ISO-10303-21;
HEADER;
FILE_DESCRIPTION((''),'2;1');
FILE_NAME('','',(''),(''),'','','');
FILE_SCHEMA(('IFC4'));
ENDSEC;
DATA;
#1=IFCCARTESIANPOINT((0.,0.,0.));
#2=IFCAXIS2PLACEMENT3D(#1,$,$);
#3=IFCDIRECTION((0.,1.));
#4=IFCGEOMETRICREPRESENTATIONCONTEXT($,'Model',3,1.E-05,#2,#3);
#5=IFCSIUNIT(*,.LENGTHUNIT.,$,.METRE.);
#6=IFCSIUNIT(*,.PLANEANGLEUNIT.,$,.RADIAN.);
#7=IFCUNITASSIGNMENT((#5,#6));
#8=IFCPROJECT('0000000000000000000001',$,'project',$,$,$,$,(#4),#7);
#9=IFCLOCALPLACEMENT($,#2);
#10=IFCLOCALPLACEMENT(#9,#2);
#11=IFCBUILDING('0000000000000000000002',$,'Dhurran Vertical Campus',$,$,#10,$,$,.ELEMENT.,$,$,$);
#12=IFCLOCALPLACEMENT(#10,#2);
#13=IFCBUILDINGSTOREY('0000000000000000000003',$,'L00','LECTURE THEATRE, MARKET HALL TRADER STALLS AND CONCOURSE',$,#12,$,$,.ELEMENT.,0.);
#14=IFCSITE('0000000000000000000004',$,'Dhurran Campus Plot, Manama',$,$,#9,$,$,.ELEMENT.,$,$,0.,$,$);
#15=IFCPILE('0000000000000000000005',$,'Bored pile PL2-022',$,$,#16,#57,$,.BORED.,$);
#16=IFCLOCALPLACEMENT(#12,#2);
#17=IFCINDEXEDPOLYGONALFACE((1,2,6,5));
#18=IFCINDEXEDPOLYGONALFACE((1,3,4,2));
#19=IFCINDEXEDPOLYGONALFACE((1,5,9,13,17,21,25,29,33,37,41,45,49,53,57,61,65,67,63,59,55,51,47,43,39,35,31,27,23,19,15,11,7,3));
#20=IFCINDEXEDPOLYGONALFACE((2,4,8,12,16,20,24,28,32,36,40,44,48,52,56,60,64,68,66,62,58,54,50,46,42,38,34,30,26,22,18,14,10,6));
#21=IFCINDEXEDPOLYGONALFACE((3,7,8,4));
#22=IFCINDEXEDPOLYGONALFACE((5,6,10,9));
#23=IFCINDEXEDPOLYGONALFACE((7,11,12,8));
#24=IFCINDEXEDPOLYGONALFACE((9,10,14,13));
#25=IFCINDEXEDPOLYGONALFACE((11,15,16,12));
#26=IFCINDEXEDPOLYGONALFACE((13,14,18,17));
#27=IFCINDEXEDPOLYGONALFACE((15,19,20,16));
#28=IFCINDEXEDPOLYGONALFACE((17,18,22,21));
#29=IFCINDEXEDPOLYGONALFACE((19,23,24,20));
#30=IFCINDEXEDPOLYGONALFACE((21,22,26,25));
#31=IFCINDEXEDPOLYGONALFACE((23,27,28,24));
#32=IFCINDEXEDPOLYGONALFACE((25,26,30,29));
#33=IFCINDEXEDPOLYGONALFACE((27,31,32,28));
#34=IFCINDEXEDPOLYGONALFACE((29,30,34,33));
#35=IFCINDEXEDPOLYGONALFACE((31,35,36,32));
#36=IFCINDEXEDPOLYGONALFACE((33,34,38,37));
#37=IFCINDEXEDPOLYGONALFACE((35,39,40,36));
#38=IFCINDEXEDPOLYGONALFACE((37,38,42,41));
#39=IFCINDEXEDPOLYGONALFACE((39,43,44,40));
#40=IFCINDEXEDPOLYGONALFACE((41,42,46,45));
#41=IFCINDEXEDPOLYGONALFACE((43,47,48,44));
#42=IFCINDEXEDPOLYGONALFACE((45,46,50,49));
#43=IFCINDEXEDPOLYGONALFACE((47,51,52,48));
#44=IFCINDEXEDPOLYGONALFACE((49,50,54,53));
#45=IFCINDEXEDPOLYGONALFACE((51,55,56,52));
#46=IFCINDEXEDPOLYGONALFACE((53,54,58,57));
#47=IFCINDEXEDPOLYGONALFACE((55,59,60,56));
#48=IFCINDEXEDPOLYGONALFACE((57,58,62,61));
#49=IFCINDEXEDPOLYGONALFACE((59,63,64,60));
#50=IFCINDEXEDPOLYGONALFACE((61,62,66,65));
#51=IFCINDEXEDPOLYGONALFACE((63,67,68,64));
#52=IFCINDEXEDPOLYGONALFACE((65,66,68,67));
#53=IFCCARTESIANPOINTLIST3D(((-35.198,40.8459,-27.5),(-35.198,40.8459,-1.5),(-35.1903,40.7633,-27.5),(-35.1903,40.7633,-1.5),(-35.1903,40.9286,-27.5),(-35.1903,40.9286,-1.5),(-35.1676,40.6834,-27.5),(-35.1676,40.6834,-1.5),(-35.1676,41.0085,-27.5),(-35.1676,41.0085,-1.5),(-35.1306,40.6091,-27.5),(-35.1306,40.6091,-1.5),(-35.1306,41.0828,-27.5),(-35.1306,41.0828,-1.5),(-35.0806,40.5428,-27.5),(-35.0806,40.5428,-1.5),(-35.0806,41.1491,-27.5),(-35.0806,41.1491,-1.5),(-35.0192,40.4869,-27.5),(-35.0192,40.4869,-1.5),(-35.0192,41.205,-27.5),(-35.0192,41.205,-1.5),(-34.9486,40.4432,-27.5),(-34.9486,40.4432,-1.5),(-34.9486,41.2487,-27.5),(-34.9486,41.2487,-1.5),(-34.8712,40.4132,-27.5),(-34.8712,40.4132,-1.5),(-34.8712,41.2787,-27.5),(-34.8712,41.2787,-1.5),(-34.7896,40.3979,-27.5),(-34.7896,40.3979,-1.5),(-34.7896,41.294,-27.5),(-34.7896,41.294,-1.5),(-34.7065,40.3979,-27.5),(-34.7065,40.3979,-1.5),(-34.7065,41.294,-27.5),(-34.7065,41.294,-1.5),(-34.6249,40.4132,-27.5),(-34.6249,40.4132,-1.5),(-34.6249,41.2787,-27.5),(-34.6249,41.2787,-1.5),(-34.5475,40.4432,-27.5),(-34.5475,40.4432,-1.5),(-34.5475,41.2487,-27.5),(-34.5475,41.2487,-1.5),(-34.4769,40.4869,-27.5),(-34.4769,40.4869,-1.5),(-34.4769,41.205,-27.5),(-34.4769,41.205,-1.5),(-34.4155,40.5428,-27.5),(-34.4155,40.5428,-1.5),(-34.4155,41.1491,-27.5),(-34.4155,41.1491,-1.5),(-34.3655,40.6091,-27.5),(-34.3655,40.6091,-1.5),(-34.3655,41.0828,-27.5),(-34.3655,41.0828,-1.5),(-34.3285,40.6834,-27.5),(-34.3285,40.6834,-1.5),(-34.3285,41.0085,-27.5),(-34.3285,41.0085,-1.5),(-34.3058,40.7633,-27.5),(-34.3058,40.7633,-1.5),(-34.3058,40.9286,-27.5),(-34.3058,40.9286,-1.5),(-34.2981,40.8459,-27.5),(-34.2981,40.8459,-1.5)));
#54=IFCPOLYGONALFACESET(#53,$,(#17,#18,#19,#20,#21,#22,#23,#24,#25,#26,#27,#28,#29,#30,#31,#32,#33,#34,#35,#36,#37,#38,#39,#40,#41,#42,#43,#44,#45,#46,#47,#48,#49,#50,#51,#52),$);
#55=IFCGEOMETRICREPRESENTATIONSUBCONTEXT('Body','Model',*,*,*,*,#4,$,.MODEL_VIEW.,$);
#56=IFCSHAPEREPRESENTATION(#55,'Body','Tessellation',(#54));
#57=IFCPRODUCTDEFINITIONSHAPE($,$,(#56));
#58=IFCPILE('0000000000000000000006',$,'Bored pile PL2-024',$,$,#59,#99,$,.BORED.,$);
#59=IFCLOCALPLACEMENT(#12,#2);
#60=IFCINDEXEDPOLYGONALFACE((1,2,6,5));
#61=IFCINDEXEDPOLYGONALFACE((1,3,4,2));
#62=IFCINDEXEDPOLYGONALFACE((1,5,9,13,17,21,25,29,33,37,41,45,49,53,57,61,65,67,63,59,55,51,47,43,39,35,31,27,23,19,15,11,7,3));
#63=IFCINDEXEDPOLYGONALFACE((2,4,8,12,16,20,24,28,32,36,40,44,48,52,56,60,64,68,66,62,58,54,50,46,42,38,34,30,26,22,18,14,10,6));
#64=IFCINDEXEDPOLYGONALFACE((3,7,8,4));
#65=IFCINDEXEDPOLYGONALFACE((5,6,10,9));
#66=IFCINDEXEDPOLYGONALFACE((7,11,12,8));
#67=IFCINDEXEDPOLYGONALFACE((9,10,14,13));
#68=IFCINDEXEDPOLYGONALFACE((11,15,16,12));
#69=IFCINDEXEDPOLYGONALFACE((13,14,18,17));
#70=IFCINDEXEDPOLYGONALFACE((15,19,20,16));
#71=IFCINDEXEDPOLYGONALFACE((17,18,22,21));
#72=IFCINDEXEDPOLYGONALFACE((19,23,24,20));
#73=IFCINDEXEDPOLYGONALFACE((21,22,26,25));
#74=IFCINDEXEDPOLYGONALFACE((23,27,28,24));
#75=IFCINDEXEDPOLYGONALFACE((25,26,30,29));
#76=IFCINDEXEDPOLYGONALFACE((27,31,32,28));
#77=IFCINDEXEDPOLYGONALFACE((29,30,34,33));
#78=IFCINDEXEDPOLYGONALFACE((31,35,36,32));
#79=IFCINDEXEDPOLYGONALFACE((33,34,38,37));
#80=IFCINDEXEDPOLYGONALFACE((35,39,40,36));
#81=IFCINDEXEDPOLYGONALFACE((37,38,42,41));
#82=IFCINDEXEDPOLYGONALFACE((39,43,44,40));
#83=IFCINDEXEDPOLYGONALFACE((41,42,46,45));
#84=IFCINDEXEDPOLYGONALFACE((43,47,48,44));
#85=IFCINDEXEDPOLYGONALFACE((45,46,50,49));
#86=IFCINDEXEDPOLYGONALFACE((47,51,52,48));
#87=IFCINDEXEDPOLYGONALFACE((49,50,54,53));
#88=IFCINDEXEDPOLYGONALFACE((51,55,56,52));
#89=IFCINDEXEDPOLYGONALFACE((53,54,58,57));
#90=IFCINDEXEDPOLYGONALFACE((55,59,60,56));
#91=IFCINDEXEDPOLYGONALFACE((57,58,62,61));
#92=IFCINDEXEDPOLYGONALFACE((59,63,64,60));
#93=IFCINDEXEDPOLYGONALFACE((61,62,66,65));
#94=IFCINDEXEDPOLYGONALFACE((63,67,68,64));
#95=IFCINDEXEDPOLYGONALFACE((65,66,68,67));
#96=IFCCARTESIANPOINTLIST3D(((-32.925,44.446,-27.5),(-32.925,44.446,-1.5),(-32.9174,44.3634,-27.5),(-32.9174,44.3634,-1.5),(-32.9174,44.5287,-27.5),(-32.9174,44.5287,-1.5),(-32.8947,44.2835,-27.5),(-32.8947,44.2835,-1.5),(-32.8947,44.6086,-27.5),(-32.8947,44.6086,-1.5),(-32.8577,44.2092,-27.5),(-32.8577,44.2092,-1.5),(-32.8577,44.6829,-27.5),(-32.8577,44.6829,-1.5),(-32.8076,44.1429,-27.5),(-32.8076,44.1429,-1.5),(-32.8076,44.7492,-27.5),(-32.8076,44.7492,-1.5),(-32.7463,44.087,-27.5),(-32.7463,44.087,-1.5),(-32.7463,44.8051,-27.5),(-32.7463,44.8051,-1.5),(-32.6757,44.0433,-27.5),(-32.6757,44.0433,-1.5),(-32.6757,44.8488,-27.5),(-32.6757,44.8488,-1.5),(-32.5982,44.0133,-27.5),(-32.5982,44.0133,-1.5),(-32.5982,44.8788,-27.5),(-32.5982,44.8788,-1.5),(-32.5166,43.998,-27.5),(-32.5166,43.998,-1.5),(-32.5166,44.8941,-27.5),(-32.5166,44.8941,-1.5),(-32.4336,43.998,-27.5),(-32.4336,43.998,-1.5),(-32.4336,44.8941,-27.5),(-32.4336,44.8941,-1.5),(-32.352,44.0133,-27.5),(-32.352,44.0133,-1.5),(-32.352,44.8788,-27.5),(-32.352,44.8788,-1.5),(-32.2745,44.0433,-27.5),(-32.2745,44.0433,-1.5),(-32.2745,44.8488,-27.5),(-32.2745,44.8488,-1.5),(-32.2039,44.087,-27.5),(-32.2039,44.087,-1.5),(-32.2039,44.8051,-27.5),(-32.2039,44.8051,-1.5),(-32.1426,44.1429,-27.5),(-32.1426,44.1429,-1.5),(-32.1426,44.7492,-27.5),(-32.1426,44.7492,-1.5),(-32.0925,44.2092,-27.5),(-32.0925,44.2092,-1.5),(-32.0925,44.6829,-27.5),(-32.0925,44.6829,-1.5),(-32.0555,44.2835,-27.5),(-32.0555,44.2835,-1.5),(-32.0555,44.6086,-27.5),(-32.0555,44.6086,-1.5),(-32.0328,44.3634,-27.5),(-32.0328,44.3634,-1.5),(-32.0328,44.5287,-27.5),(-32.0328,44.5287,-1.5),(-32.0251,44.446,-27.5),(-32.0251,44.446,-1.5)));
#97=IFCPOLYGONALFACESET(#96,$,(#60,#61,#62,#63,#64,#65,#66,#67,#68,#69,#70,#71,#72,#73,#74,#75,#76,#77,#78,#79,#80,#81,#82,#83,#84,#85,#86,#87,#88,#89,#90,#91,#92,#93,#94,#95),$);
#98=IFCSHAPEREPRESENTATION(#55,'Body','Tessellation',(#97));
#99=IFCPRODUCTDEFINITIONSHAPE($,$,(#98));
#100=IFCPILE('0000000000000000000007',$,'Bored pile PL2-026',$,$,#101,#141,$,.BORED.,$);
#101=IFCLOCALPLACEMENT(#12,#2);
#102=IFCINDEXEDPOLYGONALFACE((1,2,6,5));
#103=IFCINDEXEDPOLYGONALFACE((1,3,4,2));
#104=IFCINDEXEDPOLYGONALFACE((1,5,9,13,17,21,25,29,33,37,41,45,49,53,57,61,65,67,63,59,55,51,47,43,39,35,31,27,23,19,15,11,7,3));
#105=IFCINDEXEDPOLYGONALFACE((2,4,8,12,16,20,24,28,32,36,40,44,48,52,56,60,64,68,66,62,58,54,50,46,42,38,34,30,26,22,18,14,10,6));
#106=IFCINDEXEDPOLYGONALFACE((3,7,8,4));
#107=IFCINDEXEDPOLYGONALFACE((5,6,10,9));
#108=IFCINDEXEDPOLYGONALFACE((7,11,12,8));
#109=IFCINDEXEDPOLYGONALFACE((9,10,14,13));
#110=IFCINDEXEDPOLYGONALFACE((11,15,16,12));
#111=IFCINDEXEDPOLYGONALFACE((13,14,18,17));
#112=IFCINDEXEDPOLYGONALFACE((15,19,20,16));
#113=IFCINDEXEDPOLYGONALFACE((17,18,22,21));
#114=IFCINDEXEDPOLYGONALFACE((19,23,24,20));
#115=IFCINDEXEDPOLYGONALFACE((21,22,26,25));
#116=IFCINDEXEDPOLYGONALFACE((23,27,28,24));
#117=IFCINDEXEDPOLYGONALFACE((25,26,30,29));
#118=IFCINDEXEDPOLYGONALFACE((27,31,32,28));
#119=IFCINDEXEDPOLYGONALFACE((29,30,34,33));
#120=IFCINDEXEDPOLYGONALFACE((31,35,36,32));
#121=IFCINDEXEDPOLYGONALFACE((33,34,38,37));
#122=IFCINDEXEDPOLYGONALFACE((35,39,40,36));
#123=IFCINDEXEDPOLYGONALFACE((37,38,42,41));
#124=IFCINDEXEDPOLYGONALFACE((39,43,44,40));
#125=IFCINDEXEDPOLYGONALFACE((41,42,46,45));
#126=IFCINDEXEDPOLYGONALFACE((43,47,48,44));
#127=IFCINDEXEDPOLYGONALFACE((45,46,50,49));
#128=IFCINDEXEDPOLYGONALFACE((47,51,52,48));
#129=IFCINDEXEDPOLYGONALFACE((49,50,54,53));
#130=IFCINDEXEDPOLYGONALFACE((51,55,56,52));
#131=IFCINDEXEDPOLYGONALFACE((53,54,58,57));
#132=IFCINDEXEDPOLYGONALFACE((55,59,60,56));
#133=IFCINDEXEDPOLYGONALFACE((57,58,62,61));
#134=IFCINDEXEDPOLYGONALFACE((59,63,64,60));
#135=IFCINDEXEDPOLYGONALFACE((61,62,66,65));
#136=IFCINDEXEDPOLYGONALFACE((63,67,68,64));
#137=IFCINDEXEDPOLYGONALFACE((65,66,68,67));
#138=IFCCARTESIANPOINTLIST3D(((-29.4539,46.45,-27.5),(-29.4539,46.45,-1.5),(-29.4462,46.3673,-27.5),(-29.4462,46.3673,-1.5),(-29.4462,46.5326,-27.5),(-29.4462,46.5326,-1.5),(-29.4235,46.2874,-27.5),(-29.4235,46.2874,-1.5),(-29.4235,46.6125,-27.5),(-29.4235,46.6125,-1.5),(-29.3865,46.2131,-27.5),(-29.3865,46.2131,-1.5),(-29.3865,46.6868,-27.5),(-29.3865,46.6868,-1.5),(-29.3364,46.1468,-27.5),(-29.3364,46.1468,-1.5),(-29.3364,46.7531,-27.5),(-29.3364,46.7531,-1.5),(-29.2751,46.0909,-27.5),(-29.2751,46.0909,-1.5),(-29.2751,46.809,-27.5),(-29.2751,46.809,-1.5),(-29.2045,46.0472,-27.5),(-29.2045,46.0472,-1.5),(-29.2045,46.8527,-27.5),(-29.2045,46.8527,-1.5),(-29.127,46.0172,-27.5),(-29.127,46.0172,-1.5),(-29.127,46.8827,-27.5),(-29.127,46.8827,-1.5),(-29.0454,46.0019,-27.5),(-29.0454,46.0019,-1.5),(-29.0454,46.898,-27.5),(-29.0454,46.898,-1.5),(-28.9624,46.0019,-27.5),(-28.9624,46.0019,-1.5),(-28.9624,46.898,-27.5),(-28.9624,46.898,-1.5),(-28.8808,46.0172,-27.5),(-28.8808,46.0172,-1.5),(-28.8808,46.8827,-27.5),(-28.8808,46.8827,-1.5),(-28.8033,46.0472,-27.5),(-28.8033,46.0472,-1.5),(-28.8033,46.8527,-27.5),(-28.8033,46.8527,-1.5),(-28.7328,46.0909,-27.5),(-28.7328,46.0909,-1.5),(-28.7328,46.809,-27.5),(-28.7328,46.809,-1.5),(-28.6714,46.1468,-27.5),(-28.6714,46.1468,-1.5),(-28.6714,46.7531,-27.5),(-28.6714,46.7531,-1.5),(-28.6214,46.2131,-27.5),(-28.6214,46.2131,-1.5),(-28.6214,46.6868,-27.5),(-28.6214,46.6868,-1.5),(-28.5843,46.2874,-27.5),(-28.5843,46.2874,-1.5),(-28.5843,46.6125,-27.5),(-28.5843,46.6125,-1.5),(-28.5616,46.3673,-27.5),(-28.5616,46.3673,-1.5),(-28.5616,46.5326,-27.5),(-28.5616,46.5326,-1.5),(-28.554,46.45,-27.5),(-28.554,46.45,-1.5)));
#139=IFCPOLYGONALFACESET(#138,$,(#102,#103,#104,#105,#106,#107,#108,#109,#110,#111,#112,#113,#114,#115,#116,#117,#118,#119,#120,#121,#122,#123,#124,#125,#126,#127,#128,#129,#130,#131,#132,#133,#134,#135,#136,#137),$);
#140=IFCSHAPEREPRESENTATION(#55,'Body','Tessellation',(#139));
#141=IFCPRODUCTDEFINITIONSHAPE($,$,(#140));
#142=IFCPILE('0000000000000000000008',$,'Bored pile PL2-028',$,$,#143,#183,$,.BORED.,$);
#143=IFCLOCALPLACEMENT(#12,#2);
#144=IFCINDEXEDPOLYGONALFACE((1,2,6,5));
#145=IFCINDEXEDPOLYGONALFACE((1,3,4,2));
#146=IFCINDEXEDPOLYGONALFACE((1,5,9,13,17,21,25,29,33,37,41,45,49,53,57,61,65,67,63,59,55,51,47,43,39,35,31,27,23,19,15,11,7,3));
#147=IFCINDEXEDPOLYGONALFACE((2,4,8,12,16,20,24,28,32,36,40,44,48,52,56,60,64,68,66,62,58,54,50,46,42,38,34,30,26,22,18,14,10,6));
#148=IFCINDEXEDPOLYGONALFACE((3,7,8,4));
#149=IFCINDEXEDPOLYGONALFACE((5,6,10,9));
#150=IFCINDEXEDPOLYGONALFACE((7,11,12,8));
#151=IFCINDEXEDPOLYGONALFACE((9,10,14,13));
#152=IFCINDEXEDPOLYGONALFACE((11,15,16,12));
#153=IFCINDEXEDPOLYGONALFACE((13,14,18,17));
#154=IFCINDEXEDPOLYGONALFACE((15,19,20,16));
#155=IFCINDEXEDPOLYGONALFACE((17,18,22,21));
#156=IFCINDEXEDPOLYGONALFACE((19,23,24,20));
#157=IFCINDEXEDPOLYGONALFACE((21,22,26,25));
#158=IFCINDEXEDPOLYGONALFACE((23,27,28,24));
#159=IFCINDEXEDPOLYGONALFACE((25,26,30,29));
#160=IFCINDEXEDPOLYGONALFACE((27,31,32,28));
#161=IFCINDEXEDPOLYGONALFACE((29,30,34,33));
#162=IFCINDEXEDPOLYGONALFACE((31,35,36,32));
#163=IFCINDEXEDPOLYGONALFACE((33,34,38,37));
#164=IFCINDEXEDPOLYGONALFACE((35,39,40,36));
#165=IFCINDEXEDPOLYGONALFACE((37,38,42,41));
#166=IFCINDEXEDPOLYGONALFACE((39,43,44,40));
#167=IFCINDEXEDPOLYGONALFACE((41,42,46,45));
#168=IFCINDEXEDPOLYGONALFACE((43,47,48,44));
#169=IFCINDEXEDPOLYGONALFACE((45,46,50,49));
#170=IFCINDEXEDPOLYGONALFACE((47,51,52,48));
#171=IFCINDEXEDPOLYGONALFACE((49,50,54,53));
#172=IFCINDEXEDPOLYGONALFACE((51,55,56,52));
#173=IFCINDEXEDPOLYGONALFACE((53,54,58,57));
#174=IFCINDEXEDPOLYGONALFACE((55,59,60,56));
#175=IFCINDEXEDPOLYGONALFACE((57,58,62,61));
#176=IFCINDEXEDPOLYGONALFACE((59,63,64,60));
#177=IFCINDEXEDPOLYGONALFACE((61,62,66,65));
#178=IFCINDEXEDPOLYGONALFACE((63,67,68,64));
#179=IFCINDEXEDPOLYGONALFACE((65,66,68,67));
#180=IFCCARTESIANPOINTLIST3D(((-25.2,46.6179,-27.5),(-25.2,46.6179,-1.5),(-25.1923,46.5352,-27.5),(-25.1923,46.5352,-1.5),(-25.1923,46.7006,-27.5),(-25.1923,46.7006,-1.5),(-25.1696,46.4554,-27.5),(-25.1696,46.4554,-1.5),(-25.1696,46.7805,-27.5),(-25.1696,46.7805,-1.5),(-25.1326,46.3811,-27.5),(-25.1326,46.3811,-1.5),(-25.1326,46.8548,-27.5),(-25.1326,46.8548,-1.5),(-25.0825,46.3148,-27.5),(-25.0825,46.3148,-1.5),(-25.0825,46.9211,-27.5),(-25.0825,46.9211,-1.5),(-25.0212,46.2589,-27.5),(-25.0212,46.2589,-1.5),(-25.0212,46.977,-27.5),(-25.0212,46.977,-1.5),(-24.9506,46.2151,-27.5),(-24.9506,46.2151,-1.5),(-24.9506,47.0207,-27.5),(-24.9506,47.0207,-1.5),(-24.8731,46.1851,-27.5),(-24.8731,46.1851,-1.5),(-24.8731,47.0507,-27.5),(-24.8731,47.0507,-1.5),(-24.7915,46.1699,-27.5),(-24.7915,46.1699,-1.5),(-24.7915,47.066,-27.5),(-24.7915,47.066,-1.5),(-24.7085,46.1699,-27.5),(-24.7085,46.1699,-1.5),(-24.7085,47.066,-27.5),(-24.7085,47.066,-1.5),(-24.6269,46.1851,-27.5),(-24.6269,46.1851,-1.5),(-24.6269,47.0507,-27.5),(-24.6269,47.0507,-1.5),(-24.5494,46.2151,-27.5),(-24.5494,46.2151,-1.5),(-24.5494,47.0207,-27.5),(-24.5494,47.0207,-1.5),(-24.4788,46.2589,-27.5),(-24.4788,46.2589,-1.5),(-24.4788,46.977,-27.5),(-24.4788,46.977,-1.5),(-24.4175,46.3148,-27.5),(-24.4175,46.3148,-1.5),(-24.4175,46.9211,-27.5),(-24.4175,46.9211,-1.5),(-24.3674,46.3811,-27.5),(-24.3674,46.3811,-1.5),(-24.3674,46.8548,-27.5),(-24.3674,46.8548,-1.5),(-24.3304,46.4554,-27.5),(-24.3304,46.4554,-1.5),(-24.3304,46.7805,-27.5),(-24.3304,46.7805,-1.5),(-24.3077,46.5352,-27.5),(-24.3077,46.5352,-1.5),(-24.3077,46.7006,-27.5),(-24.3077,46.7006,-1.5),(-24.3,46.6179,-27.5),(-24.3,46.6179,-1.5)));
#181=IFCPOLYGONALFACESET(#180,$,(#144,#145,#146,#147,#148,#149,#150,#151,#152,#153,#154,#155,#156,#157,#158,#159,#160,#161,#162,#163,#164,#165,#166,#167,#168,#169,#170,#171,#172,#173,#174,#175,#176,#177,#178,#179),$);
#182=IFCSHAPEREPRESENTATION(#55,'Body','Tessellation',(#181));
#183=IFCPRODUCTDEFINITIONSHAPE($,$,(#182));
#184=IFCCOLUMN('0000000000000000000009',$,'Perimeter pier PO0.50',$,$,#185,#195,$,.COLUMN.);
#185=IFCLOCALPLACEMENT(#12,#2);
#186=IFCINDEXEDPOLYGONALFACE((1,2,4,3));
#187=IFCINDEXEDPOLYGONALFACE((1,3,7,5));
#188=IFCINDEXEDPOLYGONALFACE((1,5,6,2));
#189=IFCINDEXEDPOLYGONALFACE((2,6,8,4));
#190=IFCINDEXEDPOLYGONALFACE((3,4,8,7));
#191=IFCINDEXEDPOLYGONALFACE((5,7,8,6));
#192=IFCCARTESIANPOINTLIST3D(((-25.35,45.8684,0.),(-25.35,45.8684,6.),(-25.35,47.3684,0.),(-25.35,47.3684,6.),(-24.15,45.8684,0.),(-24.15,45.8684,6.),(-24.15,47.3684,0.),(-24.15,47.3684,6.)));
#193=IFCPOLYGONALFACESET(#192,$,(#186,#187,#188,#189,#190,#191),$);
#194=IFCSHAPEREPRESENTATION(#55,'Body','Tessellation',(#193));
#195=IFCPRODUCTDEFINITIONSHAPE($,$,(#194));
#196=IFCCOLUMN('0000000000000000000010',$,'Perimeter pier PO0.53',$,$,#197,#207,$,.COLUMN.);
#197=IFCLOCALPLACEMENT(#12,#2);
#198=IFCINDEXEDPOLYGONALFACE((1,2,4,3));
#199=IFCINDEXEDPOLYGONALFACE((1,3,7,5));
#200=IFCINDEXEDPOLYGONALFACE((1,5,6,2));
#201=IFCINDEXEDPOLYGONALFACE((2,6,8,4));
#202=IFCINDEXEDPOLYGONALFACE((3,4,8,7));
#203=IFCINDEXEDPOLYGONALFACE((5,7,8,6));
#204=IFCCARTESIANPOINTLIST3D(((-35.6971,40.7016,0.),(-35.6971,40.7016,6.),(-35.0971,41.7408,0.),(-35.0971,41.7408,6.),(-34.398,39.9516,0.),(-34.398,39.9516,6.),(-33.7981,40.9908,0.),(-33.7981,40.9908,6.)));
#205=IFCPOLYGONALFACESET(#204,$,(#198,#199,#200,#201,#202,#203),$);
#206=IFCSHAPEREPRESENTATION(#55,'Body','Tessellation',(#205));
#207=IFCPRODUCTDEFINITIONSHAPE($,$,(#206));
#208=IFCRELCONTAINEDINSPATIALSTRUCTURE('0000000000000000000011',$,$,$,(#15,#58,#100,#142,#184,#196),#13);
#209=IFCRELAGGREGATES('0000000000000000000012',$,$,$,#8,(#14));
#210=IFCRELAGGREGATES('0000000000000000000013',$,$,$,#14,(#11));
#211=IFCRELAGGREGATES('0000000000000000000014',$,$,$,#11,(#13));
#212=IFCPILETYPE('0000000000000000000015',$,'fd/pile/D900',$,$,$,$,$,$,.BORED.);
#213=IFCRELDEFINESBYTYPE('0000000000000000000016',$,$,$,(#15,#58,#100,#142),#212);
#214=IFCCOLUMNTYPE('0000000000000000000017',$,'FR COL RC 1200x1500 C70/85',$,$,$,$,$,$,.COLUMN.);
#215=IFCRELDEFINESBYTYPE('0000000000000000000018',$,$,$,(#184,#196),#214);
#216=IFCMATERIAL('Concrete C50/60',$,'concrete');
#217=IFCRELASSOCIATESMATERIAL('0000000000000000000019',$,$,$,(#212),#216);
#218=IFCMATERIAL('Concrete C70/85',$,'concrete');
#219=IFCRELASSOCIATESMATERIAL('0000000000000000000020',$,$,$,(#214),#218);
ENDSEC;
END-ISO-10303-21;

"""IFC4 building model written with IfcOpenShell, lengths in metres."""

from ifc_helpers import new_model, si_unit, direction, frame, origin, origin_2d, place, context, subcontext, project, spatial, rectangle, circle, extrude, material, material_profile, profile_set, type_object, element, save


model = new_model("IFC4")

# Units and contexts
model_context = context("Model", 3, precision=1e-05, world=origin(), true_north=direction((0.0, 1.0)))
body_context = subcontext(model_context, "Body", "Model", "MODEL_VIEW")
ifc_project = project(units=[si_unit("LENGTHUNIT", "METRE"), si_unit("PLANEANGLEUNIT", "RADIAN")], contexts=[model_context])

# Site, building, storey
site_placement = place(None, origin())
site = spatial("IfcSite", under=ifc_project, at=site_placement, Name="Dhurran Campus Plot, Manama", CompositionType="ELEMENT", RefElevation=0.0)
building_placement = place(site_placement, origin())
building = spatial("IfcBuilding", under=site, at=building_placement, Name="Dhurran Vertical Campus", CompositionType="ELEMENT")
storey_placement = place(building_placement, origin())
storey = spatial("IfcBuildingStorey", under=building, at=storey_placement, Name="L00", Description="LECTURE THEATRE, MARKET HALL TRADER STALLS AND CONCOURSE", CompositionType="ELEMENT", Elevation=0.0)

# Piles
ifc_material_1 = material(Name="Concrete C50/60", Category="concrete")
ifc_material_profile_1 = material_profile(ifc_material_1, circle(Radius=0.45, at=origin_2d()), Name="fd/pile/D900")
ifc_profile_set_1 = profile_set([ifc_material_profile_1], Name="Concrete C50/60")
pile_type = type_object("IfcPileType", Name="fd/pile/D900", PredefinedType="BORED", material=ifc_profile_set_1)
for number, where, z_axis, x_axis, name in (
    (1, (-34.748, 40.8459, -1.5), (0.0, 0.0, -1.0), (1.0, 0.0, 0.0), "Bored pile PL2-022"),
    (2, (-32.4751, 44.446, -1.5), (0.0, 0.0, -1.0), (1.0, 0.0, 0.0), "Bored pile PL2-024"),
    (3, (-29.0039, 46.45, -1.5), (0.0, 0.0, -1.0), (1.0, 0.0, 0.0), "Bored pile PL2-026"),
    (4, (-24.75, 46.6179, -1.5), (0.0, 0.0, -1.0), (1.0, 0.0, 0.0), "Bored pile PL2-028"),
):
    element("IfcPile", number, at=place(storey_placement, frame(where, z_axis=z_axis, x_axis=x_axis)), inside=storey, type_object=pile_type, Name=name, PredefinedType="BORED", context=body_context, shape_type="SweptSolid", body=[
        extrude(circle(Radius=0.45, at=origin_2d()), origin(), (0.0, 0.0, 1.0), 26.0),
    ])

# Columns
ifc_material_2 = material(Name="Concrete C70/85", Category="concrete")
ifc_material_profile_2 = material_profile(ifc_material_2, rectangle(XDim=1.2, YDim=1.5, at=origin_2d()), Name="RC 1200x1500")
ifc_profile_set_2 = profile_set([ifc_material_profile_2], Name="Concrete C70/85")
column_type_1 = type_object("IfcColumnType", Name="FR COL RC 1200x1500 C70/85", PredefinedType="COLUMN", material=ifc_profile_set_2)
for number, where, z_axis, x_axis, name in (
    (5, (-24.75, 46.6184, 0.0), (0.0, 0.0, 1.0), (-1.0, 0.0, 0.0), "Perimeter pier PO0.50"),
    (6, (-34.7476, 40.8462, 0.0), (0.0, 0.0, 1.0), (-0.5, -0.866025, 0.0), "Perimeter pier PO0.53"),
):
    element("IfcColumn", number, at=place(storey_placement, frame(where, z_axis=z_axis, x_axis=x_axis)), inside=storey, type_object=column_type_1, Name=name, PredefinedType="COLUMN", context=body_context, shape_type="SweptSolid", body=[
        extrude(rectangle(XDim=1.2, YDim=1.5, at=origin_2d()), origin(), (0.0, 0.0, 1.0), 6.0),
    ])

save(model, "model.ifc")
